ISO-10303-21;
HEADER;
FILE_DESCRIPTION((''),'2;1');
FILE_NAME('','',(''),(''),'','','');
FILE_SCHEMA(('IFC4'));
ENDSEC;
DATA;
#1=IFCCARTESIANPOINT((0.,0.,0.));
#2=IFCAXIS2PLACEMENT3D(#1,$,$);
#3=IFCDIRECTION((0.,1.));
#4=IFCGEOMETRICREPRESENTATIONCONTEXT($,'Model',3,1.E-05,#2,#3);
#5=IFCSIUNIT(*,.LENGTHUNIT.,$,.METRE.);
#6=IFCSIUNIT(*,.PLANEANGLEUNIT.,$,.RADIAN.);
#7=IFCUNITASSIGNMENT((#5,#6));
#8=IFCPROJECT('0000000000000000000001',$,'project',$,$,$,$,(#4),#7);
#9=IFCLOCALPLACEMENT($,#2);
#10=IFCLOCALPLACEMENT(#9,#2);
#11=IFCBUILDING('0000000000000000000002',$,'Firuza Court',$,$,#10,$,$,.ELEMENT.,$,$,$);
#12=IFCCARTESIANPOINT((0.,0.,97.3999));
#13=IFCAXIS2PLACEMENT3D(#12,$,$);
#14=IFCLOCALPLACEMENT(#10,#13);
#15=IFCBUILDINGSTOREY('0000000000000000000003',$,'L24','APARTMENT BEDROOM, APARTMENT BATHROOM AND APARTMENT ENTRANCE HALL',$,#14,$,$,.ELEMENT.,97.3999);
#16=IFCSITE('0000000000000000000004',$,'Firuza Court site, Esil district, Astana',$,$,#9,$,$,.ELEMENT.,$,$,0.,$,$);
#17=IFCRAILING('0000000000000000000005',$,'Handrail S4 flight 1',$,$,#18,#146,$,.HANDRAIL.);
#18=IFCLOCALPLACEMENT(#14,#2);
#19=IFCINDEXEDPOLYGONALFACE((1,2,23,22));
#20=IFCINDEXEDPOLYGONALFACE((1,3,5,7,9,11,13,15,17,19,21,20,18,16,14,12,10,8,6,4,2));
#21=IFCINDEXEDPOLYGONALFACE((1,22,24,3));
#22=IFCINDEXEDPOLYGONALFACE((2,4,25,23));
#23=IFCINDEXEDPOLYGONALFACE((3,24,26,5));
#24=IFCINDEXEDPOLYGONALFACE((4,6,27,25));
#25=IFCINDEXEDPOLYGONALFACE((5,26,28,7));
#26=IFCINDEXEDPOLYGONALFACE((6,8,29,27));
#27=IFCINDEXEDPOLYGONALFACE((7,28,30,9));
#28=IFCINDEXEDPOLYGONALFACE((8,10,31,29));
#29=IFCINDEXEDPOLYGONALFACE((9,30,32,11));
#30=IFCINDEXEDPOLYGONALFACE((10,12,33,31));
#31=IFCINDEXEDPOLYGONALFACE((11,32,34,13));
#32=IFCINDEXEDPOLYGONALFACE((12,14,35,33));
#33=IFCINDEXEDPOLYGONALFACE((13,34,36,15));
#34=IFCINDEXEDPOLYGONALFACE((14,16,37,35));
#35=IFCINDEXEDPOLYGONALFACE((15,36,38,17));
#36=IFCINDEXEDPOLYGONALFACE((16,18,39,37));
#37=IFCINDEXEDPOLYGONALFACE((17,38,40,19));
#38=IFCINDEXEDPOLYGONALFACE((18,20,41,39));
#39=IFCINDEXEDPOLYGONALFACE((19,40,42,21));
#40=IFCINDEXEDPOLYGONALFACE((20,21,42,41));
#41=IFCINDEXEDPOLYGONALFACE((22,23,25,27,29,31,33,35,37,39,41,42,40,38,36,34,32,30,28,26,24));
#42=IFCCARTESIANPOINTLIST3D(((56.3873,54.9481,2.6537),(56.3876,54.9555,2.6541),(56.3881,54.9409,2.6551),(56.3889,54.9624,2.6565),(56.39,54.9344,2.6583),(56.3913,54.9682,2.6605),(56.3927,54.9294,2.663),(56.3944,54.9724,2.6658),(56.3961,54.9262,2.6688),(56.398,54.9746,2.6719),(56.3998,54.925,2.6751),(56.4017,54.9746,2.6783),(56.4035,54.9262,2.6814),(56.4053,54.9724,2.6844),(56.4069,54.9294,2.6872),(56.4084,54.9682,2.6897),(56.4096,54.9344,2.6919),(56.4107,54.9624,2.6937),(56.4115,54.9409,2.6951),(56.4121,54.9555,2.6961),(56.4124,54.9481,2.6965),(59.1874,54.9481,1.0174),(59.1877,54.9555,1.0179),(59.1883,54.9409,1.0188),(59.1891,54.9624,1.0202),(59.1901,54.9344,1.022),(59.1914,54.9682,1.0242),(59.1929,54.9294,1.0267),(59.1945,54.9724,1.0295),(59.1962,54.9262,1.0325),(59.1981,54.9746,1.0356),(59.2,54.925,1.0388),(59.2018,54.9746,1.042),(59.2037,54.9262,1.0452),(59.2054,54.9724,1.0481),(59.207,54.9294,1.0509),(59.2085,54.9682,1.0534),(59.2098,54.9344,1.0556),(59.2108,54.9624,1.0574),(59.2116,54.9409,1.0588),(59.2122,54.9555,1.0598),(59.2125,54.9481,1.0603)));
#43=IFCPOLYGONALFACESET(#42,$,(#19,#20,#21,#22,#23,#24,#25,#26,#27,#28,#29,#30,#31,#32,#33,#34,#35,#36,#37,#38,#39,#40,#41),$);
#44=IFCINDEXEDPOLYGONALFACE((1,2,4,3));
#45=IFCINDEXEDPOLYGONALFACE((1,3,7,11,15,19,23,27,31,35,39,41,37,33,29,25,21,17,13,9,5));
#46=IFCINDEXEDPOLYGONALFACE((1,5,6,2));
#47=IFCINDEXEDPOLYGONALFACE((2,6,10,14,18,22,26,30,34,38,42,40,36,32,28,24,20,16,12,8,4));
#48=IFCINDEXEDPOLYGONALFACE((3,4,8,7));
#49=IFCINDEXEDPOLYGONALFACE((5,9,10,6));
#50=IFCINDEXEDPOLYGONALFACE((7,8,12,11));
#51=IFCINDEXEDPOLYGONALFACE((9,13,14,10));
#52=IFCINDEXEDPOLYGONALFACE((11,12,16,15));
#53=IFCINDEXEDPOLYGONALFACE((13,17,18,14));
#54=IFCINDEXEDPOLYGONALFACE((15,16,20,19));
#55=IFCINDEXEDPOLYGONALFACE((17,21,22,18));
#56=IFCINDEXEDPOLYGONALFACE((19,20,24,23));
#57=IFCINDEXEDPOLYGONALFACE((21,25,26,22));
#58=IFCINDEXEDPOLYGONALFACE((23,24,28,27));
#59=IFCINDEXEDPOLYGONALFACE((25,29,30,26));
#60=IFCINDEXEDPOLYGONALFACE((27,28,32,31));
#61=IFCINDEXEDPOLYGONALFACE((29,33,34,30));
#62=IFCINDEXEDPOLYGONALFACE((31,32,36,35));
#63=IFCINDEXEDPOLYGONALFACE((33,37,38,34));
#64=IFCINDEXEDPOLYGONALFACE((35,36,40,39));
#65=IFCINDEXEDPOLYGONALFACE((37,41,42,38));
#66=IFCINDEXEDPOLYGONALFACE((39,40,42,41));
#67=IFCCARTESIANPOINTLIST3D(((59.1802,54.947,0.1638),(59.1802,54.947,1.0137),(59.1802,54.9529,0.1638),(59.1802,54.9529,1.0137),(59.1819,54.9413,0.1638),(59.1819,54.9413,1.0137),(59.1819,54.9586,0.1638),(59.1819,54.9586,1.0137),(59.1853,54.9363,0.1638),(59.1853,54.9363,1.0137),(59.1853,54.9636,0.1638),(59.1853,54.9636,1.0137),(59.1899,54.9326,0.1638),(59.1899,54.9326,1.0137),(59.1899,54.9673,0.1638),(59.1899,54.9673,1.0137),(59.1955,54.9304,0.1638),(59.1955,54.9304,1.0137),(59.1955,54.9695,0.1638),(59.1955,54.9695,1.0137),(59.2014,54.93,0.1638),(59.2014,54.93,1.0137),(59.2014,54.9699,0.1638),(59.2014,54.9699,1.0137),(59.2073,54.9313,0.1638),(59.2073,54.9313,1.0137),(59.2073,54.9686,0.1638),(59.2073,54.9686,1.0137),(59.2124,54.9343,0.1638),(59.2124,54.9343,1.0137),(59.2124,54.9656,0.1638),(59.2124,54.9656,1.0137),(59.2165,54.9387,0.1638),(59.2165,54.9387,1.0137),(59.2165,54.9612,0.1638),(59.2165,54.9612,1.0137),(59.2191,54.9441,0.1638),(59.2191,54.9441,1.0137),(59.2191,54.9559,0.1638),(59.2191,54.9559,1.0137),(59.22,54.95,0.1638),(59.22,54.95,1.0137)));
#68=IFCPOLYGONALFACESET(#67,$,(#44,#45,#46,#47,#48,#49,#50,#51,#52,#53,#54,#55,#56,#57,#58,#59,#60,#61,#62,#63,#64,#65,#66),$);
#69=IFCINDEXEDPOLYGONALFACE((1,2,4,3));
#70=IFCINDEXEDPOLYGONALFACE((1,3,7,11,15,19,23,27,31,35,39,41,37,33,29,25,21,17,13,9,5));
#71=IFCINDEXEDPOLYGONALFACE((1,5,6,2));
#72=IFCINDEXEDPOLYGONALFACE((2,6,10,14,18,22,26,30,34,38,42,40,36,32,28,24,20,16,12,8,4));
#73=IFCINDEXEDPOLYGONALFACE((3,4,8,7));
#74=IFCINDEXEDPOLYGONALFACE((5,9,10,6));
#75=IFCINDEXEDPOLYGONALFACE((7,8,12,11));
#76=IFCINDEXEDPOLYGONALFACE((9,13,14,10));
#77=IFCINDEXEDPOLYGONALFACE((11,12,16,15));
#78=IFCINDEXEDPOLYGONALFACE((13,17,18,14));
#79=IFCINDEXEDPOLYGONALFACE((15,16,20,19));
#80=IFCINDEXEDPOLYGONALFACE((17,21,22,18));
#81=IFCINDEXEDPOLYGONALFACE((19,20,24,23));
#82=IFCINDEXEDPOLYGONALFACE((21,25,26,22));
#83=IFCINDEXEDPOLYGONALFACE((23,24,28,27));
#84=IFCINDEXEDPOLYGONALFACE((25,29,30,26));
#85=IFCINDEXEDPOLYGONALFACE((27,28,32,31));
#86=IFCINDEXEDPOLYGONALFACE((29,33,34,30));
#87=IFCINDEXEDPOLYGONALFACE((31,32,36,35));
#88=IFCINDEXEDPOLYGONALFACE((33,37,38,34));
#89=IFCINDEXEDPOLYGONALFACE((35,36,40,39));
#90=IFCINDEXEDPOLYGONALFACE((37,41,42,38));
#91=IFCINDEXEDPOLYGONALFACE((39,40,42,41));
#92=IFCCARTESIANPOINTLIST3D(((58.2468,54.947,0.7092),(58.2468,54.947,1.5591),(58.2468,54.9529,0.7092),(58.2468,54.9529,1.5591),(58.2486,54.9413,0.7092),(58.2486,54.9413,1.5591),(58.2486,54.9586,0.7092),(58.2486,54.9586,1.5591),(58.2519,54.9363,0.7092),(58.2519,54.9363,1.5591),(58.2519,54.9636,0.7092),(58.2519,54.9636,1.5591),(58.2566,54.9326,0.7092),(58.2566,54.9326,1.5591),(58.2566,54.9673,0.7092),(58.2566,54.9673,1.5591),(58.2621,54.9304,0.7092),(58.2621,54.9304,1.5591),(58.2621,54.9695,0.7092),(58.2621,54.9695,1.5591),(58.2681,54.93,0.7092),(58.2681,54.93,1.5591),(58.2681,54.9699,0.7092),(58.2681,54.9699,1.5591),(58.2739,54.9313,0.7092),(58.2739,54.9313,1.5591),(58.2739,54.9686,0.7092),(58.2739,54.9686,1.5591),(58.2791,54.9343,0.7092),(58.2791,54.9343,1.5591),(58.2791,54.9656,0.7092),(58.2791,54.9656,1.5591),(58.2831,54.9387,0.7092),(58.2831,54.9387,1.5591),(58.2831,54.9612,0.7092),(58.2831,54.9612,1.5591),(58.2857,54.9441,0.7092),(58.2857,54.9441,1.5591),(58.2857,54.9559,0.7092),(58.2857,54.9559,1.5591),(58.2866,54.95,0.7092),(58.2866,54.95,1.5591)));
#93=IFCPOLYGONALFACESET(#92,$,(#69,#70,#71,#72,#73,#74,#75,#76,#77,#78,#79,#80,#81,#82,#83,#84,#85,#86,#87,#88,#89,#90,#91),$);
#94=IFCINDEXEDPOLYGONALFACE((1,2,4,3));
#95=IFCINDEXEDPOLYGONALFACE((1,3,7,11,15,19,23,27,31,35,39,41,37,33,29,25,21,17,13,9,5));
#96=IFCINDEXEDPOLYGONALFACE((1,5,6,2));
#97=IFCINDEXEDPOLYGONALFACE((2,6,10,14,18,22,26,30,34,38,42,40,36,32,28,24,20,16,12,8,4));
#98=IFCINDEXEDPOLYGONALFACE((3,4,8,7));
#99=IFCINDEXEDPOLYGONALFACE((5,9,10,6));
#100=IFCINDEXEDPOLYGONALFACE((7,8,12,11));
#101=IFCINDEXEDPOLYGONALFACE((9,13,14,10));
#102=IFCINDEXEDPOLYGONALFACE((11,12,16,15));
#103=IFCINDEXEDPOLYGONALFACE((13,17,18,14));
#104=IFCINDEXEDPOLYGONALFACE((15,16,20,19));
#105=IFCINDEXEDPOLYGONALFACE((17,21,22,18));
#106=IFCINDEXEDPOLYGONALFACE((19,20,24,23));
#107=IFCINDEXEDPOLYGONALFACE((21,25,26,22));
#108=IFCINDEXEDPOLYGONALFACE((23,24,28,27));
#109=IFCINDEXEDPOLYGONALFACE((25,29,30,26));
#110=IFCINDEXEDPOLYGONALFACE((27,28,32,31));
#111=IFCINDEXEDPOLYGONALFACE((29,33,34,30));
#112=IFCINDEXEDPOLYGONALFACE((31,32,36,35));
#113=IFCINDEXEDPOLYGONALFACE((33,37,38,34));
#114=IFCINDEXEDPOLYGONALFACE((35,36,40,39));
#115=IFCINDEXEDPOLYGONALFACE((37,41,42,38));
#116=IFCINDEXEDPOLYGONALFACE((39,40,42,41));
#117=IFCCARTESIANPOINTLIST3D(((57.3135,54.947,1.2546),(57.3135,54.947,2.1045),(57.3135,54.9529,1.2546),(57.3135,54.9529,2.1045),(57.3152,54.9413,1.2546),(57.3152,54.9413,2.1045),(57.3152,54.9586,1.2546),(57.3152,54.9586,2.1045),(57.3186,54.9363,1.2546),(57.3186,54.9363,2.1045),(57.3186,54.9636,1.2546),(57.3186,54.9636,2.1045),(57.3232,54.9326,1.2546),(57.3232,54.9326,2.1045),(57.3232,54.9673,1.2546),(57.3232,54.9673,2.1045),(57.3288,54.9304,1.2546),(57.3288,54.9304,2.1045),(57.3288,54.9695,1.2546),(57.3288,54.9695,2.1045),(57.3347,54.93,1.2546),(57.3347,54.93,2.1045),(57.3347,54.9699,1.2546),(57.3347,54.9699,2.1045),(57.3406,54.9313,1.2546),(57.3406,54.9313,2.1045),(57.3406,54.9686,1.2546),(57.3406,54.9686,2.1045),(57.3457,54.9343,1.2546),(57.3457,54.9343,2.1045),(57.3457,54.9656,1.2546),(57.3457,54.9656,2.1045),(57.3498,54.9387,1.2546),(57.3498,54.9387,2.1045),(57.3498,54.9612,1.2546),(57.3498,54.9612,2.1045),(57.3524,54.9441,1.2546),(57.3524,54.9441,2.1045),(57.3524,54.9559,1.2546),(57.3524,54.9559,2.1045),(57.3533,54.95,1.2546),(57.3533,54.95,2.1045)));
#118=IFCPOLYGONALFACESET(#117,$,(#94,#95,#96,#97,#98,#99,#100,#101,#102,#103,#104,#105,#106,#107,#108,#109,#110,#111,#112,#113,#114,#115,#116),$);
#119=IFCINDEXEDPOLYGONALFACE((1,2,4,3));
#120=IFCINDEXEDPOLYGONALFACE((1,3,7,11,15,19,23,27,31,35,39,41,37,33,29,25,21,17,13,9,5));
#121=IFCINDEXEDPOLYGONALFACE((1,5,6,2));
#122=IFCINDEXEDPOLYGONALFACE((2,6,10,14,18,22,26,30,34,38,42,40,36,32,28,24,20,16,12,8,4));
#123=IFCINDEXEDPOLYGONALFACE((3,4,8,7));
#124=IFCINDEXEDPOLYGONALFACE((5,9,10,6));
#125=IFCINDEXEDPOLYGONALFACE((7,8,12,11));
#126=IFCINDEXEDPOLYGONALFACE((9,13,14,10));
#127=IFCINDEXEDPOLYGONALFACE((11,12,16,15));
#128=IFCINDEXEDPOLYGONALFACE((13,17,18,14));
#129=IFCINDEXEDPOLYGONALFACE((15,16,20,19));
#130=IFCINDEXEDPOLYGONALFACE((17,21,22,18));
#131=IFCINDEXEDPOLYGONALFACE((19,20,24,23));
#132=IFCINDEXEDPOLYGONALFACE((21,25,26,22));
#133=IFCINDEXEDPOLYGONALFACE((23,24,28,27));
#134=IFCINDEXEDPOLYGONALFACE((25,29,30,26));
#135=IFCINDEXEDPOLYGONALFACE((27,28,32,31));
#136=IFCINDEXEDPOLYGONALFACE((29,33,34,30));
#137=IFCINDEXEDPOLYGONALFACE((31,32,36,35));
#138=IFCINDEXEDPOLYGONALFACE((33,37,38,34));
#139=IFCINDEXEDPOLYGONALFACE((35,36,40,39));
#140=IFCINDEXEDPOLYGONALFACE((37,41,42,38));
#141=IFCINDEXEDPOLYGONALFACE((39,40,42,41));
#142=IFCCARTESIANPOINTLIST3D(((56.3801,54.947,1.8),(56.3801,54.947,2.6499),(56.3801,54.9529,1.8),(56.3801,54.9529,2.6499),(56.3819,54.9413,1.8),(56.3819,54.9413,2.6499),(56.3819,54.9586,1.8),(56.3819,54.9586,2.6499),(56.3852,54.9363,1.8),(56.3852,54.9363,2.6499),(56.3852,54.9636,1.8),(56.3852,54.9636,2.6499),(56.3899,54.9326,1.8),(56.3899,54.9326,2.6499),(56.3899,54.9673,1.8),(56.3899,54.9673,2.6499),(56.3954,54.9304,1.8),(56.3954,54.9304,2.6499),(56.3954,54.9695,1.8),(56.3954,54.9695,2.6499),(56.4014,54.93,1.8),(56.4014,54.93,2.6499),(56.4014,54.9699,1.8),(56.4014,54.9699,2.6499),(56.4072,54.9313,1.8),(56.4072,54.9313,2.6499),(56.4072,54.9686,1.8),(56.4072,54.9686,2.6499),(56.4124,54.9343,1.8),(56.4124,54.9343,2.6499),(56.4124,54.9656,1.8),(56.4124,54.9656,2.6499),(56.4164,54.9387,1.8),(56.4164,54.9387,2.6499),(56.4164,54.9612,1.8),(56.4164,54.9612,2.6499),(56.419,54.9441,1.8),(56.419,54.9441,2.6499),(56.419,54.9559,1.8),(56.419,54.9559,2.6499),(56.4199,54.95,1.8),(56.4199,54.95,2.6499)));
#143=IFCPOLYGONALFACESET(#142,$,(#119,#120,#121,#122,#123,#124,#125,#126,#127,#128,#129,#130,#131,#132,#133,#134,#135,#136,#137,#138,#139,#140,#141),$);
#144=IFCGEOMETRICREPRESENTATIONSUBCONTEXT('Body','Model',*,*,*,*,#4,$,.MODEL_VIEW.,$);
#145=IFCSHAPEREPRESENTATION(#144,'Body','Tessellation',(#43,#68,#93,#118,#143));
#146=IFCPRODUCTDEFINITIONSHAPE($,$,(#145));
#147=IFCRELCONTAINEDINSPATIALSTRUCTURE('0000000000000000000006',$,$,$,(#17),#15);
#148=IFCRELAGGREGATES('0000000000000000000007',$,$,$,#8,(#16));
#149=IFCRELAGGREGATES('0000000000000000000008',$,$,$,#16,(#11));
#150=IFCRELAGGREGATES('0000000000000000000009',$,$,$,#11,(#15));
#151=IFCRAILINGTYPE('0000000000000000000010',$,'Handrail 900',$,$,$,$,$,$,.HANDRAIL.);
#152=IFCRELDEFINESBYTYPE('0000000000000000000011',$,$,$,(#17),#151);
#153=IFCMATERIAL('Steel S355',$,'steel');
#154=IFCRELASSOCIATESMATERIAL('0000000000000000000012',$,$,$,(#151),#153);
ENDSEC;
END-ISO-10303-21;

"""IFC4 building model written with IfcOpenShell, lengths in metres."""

from ifc_helpers import new_model, si_unit, direction, frame, origin, origin_2d, place, context, subcontext, project, spatial, circle, extrude, material, type_object, element, save


model = new_model("IFC4")

# Units and contexts
model_context = context("Model", 3, precision=1e-05, world=origin(), true_north=direction((0.0, 1.0)))
body_context = subcontext(model_context, "Body", "Model", "MODEL_VIEW")
ifc_project = project(units=[si_unit("LENGTHUNIT", "METRE"), si_unit("PLANEANGLEUNIT", "RADIAN")], contexts=[model_context])

# Site, building, storey
site_placement = place(None, origin())
site = spatial("IfcSite", under=ifc_project, at=site_placement, Name="Firuza Court site, Esil district, Astana", CompositionType="ELEMENT", RefElevation=0.0)
building_placement = place(site_placement, origin())
building = spatial("IfcBuilding", under=site, at=building_placement, Name="Firuza Court", CompositionType="ELEMENT")
storey_placement = place(building_placement, frame((0.0, 0.0, 97.3999)))
storey = spatial("IfcBuildingStorey", under=building, at=storey_placement, Name="L24", Description="APARTMENT BEDROOM, APARTMENT BATHROOM AND APARTMENT ENTRANCE HALL", CompositionType="ELEMENT", Elevation=97.3999)

# Railing
ifc_material_1 = material(Name="Steel S355", Category="steel")
railing_type_1 = type_object("IfcRailingType", Name="Handrail 900", PredefinedType="HANDRAIL", material=ifc_material_1)
railing_1_placement = place(storey_placement, frame((59.2, 54.95, 0.1638)))
element("IfcRailing", 1, at=railing_1_placement, inside=storey, type_object=railing_type_1, Name="Handrail S4 flight 1", PredefinedType="HANDRAIL", context=body_context, shape_type="SweptSolid", body=[
    extrude(circle(Radius=0.0249, at=origin_2d()), frame((0.0, 0.0, 0.875), z_axis=(-0.863394, 0.0, 0.504531), x_axis=(0.0, -1.0, 0.0)), (0.0, 0.0, 1.0), 3.2432),
    extrude(circle(Radius=0.02, at=origin_2d()), origin(), (0.0, 0.0, 1.0), 0.8499),
    extrude(circle(Radius=0.02, at=origin_2d()), frame((-0.9333, 0.0, 0.5454)), (0.0, 0.0, 1.0), 0.8499),
    extrude(circle(Radius=0.02, at=origin_2d()), frame((-1.8667, 0.0, 1.0908)), (0.0, 0.0, 1.0), 0.8499),
    extrude(circle(Radius=0.02, at=origin_2d()), frame((-2.8, 0.0, 1.6362)), (0.0, 0.0, 1.0), 0.8499),
])

save(model, "model.ifc")
